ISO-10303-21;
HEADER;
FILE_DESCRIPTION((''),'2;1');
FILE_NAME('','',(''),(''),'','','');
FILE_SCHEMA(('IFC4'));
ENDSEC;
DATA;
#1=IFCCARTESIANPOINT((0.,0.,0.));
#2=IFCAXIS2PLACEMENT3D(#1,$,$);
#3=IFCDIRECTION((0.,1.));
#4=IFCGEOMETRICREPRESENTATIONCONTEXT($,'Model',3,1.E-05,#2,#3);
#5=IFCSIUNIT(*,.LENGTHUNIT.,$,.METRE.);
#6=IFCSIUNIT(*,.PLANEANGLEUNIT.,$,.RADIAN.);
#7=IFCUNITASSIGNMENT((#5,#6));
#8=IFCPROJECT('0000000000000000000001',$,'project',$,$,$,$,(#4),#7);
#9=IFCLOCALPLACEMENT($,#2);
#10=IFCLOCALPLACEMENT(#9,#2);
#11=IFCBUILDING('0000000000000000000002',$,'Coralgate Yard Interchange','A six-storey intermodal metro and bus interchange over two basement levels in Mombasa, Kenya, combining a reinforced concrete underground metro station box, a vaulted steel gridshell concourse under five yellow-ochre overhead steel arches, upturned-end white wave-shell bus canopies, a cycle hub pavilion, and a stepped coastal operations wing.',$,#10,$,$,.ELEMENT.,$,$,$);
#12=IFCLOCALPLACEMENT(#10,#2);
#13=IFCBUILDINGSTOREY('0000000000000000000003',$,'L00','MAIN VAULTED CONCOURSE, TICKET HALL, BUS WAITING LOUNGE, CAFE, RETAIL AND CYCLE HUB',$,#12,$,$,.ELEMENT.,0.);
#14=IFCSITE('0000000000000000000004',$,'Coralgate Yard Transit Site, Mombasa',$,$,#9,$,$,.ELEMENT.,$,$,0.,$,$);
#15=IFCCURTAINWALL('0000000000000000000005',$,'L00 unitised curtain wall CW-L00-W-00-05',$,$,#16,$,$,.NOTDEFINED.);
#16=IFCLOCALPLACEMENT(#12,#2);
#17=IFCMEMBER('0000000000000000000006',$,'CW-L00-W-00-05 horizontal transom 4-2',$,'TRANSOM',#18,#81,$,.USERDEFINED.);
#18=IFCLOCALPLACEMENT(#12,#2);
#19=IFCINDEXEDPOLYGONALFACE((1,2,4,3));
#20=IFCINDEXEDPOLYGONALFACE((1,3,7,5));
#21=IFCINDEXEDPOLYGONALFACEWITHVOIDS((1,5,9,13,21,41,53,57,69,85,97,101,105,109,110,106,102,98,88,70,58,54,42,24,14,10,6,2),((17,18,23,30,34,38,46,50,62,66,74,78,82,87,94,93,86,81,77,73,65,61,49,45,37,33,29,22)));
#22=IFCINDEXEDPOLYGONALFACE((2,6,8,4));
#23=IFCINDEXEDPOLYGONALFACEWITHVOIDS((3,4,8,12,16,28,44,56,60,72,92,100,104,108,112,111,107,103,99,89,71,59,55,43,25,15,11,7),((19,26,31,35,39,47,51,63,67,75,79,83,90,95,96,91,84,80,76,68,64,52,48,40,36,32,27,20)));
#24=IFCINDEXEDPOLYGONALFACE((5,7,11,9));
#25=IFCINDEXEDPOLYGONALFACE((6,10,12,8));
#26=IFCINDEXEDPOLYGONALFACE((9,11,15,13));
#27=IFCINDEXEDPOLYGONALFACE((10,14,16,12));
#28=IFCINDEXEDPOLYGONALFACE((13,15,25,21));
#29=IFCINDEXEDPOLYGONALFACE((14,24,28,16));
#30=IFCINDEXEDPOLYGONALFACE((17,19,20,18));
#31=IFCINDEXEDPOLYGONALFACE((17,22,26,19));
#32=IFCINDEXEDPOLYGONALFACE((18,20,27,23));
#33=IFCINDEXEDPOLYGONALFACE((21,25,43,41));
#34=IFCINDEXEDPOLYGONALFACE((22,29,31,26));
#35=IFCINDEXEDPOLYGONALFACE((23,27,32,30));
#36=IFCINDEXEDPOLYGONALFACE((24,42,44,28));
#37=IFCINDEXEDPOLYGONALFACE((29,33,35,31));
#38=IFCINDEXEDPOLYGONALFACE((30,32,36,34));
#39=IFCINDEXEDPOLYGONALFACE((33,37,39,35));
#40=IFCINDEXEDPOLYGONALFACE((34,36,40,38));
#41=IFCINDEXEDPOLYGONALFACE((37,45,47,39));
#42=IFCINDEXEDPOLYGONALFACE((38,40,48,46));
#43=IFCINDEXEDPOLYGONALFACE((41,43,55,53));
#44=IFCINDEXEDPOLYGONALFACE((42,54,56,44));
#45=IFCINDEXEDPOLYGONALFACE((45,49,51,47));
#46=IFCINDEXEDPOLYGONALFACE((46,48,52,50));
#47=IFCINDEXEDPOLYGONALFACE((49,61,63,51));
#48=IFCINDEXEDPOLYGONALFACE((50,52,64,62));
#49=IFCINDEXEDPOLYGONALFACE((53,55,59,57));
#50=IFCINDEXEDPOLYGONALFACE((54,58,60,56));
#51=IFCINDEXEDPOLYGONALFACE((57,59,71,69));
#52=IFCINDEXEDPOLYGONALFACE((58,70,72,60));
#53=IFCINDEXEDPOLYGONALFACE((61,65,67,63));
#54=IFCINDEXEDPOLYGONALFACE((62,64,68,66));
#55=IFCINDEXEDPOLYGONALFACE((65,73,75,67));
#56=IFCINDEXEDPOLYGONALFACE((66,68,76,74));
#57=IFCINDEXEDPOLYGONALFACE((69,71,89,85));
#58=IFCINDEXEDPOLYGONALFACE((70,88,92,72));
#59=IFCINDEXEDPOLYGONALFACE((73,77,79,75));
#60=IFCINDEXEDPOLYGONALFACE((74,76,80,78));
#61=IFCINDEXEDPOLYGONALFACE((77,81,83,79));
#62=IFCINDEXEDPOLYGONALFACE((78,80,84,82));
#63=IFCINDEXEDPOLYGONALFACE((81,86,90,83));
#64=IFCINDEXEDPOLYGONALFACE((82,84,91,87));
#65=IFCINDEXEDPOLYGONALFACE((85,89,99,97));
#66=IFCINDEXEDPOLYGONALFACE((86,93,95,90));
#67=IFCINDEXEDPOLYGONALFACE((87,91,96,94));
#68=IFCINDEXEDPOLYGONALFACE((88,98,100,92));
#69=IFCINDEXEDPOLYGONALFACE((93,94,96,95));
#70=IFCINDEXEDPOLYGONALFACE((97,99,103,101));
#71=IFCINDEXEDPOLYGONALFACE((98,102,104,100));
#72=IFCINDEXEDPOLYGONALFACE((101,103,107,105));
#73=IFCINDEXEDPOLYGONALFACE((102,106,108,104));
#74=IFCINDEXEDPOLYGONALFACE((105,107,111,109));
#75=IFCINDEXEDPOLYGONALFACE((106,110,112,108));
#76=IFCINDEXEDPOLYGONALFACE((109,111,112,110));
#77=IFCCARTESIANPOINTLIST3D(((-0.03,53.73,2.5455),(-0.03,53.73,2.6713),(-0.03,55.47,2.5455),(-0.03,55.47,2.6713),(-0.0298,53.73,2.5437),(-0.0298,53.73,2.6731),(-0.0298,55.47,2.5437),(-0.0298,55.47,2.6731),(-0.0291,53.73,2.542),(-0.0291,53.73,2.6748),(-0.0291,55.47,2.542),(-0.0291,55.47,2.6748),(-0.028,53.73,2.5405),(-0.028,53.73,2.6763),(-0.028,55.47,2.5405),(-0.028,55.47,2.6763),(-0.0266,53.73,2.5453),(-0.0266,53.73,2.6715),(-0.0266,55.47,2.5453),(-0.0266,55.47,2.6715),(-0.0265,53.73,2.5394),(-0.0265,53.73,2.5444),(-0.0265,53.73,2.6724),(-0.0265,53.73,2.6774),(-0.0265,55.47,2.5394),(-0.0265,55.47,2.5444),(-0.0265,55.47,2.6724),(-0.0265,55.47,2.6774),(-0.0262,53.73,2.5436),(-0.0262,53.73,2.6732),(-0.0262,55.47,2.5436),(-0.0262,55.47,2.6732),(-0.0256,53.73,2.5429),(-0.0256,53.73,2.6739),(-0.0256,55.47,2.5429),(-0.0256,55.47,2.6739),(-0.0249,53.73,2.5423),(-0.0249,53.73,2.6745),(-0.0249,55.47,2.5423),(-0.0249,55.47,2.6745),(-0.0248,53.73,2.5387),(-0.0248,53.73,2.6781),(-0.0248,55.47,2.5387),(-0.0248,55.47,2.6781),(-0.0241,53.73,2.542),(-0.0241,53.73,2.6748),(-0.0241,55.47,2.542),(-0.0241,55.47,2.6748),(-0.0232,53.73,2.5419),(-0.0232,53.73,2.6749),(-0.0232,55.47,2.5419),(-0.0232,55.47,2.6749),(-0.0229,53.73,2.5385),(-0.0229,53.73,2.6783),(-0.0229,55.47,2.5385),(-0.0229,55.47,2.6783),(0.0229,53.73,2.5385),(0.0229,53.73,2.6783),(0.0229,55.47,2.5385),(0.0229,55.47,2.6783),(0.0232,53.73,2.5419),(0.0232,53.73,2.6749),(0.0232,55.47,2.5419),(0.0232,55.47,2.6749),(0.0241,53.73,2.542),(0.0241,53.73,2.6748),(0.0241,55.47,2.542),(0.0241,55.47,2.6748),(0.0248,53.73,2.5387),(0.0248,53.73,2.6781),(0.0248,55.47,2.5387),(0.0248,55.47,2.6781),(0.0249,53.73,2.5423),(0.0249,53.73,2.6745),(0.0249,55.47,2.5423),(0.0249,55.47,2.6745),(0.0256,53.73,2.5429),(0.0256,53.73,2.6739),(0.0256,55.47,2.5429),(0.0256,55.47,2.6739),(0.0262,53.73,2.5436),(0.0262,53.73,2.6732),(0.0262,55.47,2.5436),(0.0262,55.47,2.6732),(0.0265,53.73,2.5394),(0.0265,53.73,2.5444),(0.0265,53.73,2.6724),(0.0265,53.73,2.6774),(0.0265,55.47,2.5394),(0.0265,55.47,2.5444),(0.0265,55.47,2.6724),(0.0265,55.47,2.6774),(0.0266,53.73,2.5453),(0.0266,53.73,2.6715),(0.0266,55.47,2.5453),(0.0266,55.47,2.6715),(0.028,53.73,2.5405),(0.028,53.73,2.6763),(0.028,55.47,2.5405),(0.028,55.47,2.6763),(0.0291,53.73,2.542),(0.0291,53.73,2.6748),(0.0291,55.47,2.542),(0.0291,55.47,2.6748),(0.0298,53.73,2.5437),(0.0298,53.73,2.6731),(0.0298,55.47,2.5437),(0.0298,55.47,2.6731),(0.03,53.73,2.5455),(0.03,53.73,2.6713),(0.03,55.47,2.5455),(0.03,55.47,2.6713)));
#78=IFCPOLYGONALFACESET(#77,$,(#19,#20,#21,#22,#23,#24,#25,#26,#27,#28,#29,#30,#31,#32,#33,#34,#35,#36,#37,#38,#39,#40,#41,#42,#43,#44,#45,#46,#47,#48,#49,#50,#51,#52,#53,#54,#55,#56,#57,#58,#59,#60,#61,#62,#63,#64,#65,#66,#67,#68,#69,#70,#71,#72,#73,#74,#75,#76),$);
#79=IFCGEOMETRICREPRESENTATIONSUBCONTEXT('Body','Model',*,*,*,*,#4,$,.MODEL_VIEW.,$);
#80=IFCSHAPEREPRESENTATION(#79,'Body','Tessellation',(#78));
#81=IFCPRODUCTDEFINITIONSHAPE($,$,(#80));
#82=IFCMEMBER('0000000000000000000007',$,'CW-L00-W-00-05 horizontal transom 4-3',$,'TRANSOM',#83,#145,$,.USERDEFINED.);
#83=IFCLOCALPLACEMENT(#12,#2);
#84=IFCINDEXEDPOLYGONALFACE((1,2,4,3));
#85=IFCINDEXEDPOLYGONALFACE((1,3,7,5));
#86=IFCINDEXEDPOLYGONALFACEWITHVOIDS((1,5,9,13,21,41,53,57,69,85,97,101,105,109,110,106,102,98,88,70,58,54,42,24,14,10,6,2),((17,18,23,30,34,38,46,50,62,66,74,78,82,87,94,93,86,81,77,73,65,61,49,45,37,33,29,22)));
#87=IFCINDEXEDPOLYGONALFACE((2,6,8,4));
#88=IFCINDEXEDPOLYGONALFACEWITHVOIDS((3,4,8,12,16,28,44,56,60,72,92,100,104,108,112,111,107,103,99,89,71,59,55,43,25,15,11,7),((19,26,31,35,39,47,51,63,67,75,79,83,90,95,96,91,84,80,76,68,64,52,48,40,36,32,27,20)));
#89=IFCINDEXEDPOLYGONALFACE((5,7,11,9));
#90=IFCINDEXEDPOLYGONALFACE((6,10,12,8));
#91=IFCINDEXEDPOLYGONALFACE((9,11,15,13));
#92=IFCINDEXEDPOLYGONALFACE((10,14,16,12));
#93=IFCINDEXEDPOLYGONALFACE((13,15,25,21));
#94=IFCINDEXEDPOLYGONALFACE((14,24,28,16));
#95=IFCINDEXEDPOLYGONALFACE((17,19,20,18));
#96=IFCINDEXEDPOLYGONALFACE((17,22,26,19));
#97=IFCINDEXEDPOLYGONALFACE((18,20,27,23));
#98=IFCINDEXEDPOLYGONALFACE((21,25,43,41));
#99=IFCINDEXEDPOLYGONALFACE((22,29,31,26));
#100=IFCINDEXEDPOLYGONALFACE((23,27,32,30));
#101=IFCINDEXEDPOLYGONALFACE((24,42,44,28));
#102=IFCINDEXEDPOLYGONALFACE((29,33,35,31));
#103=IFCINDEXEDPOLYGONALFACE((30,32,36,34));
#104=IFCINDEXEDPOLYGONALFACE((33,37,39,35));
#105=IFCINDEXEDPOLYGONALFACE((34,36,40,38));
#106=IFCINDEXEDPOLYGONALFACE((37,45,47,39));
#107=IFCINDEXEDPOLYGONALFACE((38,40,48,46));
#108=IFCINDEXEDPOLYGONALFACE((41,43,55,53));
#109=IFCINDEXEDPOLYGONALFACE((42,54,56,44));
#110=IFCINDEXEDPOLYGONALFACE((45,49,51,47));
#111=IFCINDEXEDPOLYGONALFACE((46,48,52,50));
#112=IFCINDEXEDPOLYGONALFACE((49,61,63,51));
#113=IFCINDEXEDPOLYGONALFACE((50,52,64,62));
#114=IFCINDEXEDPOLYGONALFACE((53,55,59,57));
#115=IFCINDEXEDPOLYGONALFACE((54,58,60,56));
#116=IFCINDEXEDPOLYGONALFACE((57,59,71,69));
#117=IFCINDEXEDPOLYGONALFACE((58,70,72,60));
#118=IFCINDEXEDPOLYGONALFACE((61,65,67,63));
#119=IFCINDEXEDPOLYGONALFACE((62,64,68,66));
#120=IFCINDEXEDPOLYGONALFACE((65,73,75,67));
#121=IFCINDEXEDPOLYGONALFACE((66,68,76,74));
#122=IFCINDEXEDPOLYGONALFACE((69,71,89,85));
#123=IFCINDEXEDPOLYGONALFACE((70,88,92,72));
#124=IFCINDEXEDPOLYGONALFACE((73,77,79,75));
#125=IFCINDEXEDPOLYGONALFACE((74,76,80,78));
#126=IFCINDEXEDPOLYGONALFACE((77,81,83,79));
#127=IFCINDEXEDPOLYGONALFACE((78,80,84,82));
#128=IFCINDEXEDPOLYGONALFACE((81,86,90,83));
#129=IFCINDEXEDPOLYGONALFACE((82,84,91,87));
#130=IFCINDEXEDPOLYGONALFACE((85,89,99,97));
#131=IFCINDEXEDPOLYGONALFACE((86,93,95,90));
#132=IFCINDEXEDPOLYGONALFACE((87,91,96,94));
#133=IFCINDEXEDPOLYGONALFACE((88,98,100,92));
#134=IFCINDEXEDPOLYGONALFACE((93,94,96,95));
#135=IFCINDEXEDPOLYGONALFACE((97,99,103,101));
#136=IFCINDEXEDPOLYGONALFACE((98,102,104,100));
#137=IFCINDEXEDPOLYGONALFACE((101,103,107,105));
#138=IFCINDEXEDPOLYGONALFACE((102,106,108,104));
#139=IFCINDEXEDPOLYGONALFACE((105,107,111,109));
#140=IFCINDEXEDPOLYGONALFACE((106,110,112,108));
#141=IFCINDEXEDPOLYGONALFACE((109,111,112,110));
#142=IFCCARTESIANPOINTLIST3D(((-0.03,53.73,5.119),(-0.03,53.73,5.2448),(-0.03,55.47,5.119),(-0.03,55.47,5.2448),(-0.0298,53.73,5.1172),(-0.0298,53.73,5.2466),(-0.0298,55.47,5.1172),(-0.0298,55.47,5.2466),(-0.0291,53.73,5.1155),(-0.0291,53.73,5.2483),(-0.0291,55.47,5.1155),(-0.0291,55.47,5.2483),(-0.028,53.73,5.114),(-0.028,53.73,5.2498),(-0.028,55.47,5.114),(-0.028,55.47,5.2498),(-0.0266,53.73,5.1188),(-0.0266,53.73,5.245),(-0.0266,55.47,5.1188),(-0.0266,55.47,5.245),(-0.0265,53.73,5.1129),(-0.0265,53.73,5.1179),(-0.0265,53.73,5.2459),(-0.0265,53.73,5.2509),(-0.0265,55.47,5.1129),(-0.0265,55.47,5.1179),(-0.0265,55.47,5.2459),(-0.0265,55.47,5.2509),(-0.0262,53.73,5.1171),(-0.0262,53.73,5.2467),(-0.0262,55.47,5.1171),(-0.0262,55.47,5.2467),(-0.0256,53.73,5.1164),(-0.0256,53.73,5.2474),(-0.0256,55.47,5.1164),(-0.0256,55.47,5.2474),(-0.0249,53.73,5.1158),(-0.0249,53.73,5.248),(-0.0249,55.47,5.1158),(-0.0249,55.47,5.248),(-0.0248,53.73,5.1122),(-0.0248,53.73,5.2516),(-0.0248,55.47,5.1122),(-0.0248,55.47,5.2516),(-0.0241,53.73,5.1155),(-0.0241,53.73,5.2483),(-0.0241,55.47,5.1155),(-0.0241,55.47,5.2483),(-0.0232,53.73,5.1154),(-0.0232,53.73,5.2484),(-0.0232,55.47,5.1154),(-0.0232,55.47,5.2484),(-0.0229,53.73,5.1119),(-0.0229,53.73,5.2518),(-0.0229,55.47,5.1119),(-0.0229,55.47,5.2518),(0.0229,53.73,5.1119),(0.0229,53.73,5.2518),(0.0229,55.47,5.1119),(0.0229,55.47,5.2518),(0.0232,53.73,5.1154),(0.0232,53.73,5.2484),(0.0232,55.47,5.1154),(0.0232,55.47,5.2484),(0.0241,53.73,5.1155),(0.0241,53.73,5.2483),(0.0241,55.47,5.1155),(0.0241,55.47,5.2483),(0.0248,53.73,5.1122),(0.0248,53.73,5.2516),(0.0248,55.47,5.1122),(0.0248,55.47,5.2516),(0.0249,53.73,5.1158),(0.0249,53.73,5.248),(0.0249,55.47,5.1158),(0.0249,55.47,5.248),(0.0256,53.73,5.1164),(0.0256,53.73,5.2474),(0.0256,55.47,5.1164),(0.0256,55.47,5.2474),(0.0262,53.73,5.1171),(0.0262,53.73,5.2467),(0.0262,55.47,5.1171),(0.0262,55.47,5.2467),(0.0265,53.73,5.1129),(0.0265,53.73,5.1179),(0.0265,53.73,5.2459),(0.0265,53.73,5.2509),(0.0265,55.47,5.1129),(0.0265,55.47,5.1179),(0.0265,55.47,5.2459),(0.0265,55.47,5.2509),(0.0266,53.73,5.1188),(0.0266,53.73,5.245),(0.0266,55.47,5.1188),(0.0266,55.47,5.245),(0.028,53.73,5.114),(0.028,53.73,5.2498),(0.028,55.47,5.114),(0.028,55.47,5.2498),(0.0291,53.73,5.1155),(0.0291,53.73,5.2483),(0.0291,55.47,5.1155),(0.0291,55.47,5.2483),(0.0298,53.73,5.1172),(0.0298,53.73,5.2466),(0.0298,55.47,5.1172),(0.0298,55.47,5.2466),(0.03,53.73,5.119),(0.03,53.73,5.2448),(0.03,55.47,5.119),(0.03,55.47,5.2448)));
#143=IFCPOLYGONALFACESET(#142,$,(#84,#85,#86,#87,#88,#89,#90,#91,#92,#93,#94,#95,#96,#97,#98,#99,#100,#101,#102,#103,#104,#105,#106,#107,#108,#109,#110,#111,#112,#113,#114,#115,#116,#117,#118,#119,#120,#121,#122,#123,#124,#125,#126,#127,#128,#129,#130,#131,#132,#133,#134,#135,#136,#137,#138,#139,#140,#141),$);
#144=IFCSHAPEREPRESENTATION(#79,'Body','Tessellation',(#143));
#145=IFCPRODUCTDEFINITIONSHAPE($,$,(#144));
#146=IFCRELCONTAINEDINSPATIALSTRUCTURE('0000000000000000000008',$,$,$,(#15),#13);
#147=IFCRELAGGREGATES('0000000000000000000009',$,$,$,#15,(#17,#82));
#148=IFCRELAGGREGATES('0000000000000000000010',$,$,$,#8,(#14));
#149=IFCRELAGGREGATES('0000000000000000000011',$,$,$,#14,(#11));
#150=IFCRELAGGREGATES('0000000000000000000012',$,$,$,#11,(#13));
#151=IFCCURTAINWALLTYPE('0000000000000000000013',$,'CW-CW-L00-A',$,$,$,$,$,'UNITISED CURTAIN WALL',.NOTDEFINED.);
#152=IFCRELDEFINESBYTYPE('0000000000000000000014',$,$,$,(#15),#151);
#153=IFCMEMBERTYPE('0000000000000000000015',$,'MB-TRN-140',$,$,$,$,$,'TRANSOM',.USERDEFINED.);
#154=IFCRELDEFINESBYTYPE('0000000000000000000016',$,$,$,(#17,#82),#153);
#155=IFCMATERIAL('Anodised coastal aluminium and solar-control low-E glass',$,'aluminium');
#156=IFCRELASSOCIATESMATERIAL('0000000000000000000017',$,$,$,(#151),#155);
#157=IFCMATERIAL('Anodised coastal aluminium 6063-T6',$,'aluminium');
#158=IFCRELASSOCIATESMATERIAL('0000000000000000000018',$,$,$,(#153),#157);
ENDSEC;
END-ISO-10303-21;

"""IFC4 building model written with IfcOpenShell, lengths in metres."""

from ifc_helpers import new_model, si_unit, direction, frame, origin, origin_2d, place, context, subcontext, project, spatial, hollow_rectangle, extrude, material, material_profile, profile_set, type_object, element, aggregate, save


model = new_model("IFC4")

# Units and contexts
model_context = context("Model", 3, precision=1e-05, world=origin(), true_north=direction((0.0, 1.0)))
body_context = subcontext(model_context, "Body", "Model", "MODEL_VIEW")
ifc_project = project(units=[si_unit("LENGTHUNIT", "METRE"), si_unit("PLANEANGLEUNIT", "RADIAN")], contexts=[model_context])

# Site, building, storey
site_placement = place(None, origin())
site = spatial("IfcSite", under=ifc_project, at=site_placement, Name="Coralgate Yard Transit Site, Mombasa", CompositionType="ELEMENT", RefElevation=0.0)
building_placement = place(site_placement, origin())
building = spatial("IfcBuilding", under=site, at=building_placement, Name="Coralgate Yard Interchange", Description="A six-storey intermodal metro and bus interchange over two basement levels in Mombasa, Kenya, combining a reinforced concrete underground metro station box, a vaulted steel gridshell concourse under five yellow-ochre overhead steel arches, upturned-end white wave-shell bus canopies, a cycle hub pavilion, and a stepped coastal operations wing.", CompositionType="ELEMENT")
storey_placement = place(building_placement, origin())
storey = spatial("IfcBuildingStorey", under=building, at=storey_placement, Name="L00", Description="MAIN VAULTED CONCOURSE, TICKET HALL, BUS WAITING LOUNGE, CAFE, RETAIL AND CYCLE HUB", CompositionType="ELEMENT", Elevation=0.0)

# Curtain wall, members
ifc_material_1 = material(Name="Anodised coastal aluminium and solar-control low-E glass", Category="aluminium")
curtain_wall_type = type_object("IfcCurtainWallType", Name="CW-CW-L00-A", ElementType="UNITISED CURTAIN WALL", PredefinedType="NOTDEFINED", material=ifc_material_1)
curtain_wall_placement = place(storey_placement, origin())
curtain_wall = element("IfcCurtainWall", 1, at=curtain_wall_placement, inside=storey, type_object=curtain_wall_type, Name="L00 unitised curtain wall CW-L00-W-00-05", PredefinedType="NOTDEFINED")
ifc_material_2 = material(Name="Anodised coastal aluminium 6063-T6", Category="aluminium")
ifc_material_profile_1 = material_profile(ifc_material_2, hollow_rectangle(XDim=0.0601, YDim=0.1399, WallThickness=0.0034, InnerFilletRadius=0.0034, OuterFilletRadius=0.0071, at=origin_2d()), Name="ALU 60x140x3.5")
ifc_profile_set_1 = profile_set([ifc_material_profile_1], Name="Anodised coastal aluminium 6063-T6")
member_type_1 = type_object("IfcMemberType", Name="MB-TRN-140", ElementType="TRANSOM", PredefinedType="USERDEFINED", material=ifc_profile_set_1)
member_1_placement = place(storey_placement, frame((0.0, 53.73, 2.6084), z_axis=(0.0, 1.0, 0.0), x_axis=(-1.0, 0.0, 0.0)))
member_1 = element("IfcMember", 2, at=member_1_placement, type_object=member_type_1, Name="CW-L00-W-00-05 horizontal transom 4-2", ObjectType="TRANSOM", PredefinedType="USERDEFINED", context=body_context, shape_type="SweptSolid", body=[
    extrude(hollow_rectangle(XDim=0.0601, YDim=0.1399, WallThickness=0.0034, InnerFilletRadius=0.0034, OuterFilletRadius=0.0071, at=origin_2d()), origin(), (0.0, 0.0, 1.0), 1.74),
])
member_2_placement = place(storey_placement, frame((0.0, 53.73, 5.1819), z_axis=(0.0, 1.0, 0.0), x_axis=(-1.0, 0.0, 0.0)))
member_2 = element("IfcMember", 3, at=member_2_placement, type_object=member_type_1, Name="CW-L00-W-00-05 horizontal transom 4-3", ObjectType="TRANSOM", PredefinedType="USERDEFINED", context=body_context, shape_type="SweptSolid", body=[
    extrude(hollow_rectangle(XDim=0.0601, YDim=0.1399, WallThickness=0.0034, InnerFilletRadius=0.0034, OuterFilletRadius=0.0071, at=origin_2d()), origin(), (0.0, 0.0, 1.0), 1.74),
])
aggregate(curtain_wall, [member_1, member_2])

save(model, "model.ifc")
